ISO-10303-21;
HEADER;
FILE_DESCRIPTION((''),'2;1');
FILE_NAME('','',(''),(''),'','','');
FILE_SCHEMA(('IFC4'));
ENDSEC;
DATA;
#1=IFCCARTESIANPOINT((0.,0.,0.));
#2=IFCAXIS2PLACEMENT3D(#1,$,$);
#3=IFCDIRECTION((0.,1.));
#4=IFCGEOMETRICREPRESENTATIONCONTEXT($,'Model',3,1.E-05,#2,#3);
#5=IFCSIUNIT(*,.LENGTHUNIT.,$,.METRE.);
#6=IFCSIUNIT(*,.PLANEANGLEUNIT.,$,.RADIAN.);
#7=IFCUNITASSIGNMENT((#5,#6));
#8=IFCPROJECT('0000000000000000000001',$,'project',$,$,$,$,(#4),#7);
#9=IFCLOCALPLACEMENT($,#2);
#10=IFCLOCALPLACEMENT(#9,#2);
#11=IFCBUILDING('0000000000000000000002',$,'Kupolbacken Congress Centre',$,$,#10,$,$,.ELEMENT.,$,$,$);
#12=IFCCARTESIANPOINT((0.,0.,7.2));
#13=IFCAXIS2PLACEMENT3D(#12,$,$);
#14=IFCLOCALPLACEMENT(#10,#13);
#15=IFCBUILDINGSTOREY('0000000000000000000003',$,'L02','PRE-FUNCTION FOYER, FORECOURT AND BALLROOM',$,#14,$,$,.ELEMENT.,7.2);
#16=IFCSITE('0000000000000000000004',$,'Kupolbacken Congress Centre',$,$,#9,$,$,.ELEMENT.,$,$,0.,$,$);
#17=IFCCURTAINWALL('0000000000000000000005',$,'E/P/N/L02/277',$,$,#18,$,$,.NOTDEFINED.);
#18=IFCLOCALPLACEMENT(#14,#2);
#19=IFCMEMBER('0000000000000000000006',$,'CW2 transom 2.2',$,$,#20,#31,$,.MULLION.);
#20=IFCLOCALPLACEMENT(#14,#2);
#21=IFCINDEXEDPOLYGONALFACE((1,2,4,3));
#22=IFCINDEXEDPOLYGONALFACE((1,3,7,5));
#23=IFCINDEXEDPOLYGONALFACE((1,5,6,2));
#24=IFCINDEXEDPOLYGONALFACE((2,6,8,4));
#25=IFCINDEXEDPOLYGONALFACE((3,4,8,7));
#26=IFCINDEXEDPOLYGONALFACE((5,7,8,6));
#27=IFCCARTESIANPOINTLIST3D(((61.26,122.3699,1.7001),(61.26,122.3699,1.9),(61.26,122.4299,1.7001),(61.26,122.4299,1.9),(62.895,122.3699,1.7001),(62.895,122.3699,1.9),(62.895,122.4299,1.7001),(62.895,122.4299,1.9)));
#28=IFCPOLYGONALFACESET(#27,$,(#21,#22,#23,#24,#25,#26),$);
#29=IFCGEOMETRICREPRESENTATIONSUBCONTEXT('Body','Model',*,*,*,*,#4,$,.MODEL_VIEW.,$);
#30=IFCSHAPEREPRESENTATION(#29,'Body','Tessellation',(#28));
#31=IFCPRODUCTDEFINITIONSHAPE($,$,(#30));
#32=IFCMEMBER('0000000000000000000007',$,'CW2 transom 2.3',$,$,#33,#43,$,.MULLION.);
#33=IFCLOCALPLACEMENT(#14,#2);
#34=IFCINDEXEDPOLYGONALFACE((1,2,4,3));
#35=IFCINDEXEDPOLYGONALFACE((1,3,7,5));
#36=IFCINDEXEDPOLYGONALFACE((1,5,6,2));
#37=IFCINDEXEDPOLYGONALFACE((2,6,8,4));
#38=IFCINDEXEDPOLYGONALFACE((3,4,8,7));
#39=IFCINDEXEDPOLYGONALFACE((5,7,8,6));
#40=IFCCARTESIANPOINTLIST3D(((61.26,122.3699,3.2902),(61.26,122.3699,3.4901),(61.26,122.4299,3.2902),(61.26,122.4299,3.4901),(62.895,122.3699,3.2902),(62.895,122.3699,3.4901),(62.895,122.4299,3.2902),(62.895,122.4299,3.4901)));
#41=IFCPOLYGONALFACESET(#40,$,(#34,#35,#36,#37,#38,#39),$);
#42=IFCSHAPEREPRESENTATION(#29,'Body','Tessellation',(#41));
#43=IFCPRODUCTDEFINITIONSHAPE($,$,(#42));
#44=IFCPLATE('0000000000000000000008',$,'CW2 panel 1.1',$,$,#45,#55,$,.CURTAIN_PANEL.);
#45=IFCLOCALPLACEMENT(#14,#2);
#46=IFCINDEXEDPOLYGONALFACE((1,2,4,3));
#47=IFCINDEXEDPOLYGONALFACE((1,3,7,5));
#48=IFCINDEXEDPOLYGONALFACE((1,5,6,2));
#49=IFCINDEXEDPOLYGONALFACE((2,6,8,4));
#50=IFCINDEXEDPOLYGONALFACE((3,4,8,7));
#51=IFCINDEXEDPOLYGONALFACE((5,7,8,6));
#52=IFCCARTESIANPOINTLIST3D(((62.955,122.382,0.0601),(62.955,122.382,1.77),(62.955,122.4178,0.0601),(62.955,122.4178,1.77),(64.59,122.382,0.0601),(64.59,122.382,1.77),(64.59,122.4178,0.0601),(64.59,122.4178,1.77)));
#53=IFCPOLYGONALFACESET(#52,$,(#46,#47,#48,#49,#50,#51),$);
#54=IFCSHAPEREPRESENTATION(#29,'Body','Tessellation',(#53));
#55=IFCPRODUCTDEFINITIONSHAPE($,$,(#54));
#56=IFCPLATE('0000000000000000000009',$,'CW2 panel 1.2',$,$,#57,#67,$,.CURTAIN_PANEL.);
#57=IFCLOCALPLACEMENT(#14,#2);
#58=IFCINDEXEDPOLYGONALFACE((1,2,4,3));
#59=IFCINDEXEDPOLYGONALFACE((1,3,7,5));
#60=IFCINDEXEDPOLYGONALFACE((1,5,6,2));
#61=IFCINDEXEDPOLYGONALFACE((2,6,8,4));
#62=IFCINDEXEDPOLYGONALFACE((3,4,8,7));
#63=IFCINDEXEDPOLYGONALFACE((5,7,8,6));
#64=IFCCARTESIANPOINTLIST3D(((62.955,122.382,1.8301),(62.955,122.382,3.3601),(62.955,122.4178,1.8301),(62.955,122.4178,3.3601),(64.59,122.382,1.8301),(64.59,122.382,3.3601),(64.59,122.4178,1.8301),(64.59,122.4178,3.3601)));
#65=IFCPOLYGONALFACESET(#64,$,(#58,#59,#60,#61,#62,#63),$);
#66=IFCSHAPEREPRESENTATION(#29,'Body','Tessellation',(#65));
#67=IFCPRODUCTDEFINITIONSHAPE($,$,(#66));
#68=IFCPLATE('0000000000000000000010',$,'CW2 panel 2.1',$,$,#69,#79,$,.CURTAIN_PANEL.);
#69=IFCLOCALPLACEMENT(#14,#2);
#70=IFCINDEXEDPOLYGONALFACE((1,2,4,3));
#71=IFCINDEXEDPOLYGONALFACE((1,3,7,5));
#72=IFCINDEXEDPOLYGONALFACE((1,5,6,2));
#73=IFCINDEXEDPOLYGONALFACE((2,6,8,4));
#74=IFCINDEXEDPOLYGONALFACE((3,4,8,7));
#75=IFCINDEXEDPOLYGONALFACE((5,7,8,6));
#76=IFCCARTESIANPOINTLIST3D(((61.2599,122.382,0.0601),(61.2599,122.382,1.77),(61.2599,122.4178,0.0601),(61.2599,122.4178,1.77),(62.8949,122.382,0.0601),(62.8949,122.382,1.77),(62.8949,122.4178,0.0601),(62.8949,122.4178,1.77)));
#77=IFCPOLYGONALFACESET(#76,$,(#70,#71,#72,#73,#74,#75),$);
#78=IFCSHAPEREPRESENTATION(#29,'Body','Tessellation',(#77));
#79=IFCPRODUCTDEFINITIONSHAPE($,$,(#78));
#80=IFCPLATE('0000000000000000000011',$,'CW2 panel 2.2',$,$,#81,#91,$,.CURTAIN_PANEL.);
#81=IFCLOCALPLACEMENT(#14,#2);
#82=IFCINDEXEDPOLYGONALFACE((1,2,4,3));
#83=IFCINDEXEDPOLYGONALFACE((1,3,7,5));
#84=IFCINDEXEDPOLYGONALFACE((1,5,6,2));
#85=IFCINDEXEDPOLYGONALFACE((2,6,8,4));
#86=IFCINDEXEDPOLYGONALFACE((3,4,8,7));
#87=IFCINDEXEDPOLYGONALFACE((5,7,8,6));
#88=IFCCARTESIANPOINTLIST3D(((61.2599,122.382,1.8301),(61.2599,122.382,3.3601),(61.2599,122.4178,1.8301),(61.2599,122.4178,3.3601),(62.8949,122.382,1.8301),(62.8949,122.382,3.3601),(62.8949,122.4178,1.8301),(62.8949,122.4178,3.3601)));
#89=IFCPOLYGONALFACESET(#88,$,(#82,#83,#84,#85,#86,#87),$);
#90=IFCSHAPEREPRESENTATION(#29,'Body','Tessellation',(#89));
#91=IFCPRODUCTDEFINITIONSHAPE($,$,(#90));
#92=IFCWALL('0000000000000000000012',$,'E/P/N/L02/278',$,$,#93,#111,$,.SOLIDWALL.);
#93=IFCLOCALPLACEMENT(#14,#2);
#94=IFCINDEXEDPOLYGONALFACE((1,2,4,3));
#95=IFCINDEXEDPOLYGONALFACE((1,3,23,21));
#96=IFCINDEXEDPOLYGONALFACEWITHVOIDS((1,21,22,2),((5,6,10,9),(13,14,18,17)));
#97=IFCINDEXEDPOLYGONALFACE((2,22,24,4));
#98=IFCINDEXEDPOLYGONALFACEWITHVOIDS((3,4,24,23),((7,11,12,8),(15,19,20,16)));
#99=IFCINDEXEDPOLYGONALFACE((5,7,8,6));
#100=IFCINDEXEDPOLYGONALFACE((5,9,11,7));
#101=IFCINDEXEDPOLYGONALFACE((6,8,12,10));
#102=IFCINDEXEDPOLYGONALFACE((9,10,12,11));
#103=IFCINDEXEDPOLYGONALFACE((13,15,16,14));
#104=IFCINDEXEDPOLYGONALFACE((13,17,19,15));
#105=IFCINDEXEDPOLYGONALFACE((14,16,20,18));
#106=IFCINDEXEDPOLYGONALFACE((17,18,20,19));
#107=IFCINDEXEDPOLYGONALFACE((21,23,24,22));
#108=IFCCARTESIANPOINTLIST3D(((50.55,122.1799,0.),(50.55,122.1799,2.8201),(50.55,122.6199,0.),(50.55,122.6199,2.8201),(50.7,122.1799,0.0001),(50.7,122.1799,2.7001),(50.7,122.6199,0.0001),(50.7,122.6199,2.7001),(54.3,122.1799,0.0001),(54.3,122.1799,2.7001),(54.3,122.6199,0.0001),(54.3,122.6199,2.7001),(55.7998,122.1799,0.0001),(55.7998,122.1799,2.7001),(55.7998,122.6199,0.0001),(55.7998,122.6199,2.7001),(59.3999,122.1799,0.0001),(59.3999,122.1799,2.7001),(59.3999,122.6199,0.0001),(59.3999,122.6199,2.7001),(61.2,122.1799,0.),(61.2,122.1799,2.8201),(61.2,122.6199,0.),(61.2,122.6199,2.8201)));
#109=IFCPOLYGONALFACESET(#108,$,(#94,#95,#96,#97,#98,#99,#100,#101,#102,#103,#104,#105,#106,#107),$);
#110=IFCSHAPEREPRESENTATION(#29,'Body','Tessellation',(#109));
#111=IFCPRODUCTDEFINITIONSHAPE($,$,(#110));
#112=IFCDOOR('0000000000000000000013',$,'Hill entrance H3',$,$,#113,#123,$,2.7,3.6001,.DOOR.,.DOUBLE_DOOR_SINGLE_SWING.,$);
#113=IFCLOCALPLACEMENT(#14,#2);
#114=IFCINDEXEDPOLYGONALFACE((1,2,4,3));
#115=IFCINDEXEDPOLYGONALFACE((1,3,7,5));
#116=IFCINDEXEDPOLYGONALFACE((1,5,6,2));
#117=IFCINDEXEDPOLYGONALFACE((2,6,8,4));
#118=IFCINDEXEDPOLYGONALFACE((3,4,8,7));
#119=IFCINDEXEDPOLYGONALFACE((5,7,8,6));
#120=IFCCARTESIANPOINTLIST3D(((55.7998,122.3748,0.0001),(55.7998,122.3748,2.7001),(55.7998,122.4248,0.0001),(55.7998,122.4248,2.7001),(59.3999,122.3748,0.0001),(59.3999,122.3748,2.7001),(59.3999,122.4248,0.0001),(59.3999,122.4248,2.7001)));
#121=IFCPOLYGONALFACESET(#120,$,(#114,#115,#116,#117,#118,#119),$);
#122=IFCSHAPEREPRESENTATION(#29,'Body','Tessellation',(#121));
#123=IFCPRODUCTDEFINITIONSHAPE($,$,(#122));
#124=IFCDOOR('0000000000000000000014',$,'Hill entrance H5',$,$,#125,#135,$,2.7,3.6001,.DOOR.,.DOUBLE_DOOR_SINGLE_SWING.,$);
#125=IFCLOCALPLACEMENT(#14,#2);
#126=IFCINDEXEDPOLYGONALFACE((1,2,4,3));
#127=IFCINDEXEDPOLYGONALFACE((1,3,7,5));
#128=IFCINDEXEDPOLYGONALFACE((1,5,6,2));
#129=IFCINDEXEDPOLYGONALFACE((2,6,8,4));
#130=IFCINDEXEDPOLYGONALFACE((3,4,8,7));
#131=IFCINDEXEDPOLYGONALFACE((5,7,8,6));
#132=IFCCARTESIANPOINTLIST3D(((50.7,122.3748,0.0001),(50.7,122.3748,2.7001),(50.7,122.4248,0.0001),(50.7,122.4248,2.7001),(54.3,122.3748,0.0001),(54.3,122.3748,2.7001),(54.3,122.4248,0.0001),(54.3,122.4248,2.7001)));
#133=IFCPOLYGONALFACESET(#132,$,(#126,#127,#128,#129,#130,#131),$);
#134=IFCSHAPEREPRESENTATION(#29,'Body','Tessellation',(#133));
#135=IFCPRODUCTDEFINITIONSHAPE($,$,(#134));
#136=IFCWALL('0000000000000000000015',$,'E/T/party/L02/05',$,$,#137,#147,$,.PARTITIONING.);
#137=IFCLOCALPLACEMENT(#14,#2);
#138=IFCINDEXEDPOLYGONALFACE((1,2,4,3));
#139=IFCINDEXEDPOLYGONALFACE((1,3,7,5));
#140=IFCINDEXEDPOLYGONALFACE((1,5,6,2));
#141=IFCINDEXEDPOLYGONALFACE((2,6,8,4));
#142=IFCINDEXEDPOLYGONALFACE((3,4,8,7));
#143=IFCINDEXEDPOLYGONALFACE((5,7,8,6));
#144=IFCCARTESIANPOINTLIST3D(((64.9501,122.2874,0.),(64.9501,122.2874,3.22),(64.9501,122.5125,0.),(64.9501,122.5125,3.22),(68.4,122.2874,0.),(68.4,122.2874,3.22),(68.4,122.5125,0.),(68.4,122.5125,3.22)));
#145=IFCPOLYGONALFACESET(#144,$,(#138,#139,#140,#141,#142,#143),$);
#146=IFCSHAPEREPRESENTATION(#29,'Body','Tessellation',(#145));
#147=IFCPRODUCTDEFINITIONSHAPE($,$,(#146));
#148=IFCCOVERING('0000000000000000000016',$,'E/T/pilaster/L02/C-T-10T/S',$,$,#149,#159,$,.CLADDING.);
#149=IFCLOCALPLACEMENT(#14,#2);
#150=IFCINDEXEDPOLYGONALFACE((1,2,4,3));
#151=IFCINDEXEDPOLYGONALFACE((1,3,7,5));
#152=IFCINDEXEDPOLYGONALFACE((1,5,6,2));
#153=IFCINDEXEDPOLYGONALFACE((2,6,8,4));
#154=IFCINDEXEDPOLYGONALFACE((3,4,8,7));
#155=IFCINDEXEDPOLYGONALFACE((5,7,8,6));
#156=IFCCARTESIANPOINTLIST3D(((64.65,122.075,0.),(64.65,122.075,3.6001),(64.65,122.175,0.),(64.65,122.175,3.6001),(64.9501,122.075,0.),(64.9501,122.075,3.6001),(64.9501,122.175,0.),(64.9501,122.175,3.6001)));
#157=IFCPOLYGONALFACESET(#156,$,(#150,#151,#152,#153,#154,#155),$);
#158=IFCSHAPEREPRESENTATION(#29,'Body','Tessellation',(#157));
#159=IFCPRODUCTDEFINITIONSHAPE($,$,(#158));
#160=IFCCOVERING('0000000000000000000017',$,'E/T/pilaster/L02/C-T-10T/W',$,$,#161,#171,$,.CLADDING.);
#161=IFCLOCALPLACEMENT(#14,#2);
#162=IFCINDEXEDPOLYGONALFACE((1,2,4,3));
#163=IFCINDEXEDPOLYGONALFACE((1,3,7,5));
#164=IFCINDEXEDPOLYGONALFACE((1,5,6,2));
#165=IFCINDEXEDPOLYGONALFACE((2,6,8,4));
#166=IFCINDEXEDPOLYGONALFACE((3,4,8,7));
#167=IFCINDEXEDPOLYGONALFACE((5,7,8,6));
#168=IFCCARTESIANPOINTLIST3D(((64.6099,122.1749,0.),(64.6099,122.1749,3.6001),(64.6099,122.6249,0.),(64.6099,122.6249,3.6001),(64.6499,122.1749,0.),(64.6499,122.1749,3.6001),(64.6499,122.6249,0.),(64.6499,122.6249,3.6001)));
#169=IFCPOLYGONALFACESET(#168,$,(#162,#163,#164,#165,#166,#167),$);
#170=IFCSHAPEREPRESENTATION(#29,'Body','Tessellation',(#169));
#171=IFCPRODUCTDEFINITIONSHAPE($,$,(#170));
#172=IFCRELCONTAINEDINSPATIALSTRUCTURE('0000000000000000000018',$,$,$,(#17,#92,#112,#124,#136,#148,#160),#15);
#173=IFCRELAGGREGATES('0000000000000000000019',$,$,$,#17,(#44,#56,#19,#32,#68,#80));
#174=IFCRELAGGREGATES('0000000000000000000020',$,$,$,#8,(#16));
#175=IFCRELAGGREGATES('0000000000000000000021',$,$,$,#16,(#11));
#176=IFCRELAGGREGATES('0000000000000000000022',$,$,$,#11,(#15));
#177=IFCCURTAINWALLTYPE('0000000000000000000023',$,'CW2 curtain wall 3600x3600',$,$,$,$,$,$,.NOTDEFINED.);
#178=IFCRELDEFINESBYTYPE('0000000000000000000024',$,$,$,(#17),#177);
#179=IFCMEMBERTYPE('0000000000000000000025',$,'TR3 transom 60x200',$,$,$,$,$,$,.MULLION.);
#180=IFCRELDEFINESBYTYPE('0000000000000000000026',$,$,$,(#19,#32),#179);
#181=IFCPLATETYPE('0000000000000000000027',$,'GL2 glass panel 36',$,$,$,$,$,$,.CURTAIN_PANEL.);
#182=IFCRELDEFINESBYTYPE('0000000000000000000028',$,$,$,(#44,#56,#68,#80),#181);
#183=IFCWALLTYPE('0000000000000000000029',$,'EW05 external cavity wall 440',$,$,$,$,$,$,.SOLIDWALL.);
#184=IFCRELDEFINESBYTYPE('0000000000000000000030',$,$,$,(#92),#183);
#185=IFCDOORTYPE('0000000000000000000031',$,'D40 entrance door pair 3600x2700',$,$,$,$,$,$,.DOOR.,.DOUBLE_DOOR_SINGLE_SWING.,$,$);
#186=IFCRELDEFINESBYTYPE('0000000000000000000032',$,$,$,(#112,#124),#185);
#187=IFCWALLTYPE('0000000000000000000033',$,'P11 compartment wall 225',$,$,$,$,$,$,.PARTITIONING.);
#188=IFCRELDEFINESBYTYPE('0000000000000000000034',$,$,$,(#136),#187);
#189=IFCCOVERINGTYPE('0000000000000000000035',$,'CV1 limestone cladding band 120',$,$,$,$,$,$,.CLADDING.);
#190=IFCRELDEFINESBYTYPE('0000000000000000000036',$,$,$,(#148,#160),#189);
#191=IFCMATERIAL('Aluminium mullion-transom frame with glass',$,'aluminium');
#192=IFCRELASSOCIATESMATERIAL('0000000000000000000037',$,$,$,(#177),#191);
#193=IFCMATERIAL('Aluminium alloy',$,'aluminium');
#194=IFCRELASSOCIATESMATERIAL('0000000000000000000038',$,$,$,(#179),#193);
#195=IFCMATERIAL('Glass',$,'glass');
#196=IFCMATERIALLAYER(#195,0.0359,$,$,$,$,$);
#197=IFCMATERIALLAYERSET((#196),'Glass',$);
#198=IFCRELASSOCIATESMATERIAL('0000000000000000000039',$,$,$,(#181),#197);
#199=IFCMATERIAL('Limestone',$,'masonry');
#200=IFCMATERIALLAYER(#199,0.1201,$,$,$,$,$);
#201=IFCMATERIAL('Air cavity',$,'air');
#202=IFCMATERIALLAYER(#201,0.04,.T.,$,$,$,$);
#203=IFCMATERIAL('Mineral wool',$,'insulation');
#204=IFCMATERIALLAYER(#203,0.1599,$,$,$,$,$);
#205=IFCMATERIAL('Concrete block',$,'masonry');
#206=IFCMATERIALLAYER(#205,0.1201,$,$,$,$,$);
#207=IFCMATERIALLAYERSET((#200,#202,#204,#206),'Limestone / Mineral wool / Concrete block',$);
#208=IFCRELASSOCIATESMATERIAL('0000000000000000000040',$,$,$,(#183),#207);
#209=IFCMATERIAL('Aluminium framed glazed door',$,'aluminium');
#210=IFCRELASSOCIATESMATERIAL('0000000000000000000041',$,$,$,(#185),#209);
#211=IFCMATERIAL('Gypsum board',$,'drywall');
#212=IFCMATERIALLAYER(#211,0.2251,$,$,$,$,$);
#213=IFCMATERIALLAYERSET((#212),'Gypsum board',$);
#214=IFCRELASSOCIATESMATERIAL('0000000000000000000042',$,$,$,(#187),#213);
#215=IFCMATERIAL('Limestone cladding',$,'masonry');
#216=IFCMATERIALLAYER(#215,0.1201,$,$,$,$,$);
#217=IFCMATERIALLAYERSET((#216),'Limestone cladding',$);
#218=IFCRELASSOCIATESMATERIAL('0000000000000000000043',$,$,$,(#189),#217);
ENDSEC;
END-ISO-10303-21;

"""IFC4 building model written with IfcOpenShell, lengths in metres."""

from ifc_helpers import new_model, si_unit, direction, frame, frame_2d, origin, origin_2d, place, context, subcontext, project, spatial, rectangle, extrude, material, layer, layer_set, material_profile, profile_set, type_object, element, fill, aggregate, save


model = new_model("IFC4")

# Units and contexts
model_context = context("Model", 3, precision=1e-05, world=origin(), true_north=direction((0.0, 1.0)))
body_context = subcontext(model_context, "Body", "Model", "MODEL_VIEW")
ifc_project = project(units=[si_unit("LENGTHUNIT", "METRE"), si_unit("PLANEANGLEUNIT", "RADIAN")], contexts=[model_context])

# Site, building, storey
site_placement = place(None, origin())
site = spatial("IfcSite", under=ifc_project, at=site_placement, Name="Kupolbacken Congress Centre", CompositionType="ELEMENT", RefElevation=0.0)
building_placement = place(site_placement, origin())
building = spatial("IfcBuilding", under=site, at=building_placement, Name="Kupolbacken Congress Centre", CompositionType="ELEMENT")
storey_placement = place(building_placement, frame((0.0, 0.0, 7.2)))
storey = spatial("IfcBuildingStorey", under=building, at=storey_placement, Name="L02", Description="PRE-FUNCTION FOYER, FORECOURT AND BALLROOM", CompositionType="ELEMENT", Elevation=7.2)

# Curtain wall, members, plates
ifc_material_1 = material(Name="Aluminium mullion-transom frame with glass", Category="aluminium")
curtain_wall_type = type_object("IfcCurtainWallType", Name="CW2 curtain wall 3600x3600", PredefinedType="NOTDEFINED", material=ifc_material_1)
curtain_wall_placement = place(storey_placement, origin())
curtain_wall = element("IfcCurtainWall", 1, at=curtain_wall_placement, inside=storey, type_object=curtain_wall_type, Name="E/P/N/L02/277", PredefinedType="NOTDEFINED")
ifc_material_2 = material(Name="Aluminium alloy", Category="aluminium")
ifc_material_profile_1 = material_profile(ifc_material_2, rectangle(XDim=0.0601, YDim=0.2, at=origin_2d()), Name="60 x 200")
ifc_profile_set_1 = profile_set([ifc_material_profile_1], Name="Aluminium alloy")
member_type_1 = type_object("IfcMemberType", Name="TR3 transom 60x200", PredefinedType="MULLION", material=ifc_profile_set_1)
member_1_placement = place(storey_placement, frame((62.895, 122.3999, 1.8), z_axis=(-1.0, 0.0, 0.0), x_axis=(0.0, -1.0, 0.0)))
member_1 = element("IfcMember", 2, at=member_1_placement, type_object=member_type_1, Name="CW2 transom 2.2", PredefinedType="MULLION", context=body_context, shape_type="SweptSolid", body=[
    extrude(rectangle(XDim=0.0601, YDim=0.2, at=origin_2d()), origin(), (0.0, 0.0, 1.0), 1.635),
])
member_2_placement = place(storey_placement, frame((62.895, 122.3999, 3.3901), z_axis=(-1.0, 0.0, 0.0), x_axis=(0.0, -1.0, 0.0)))
member_2 = element("IfcMember", 3, at=member_2_placement, type_object=member_type_1, Name="CW2 transom 2.3", PredefinedType="MULLION", context=body_context, shape_type="SweptSolid", body=[
    extrude(rectangle(XDim=0.0601, YDim=0.2, at=origin_2d()), origin(), (0.0, 0.0, 1.0), 1.635),
])
ifc_material_3 = material(Name="Glass", Category="glass")
ifc_layer_1 = layer(ifc_material_3, 0.0359)
ifc_layer_set_1 = layer_set([ifc_layer_1], Name="Glass")
plate_type = type_object("IfcPlateType", Name="GL2 glass panel 36", PredefinedType="CURTAIN_PANEL", material=ifc_layer_set_1)
plate_1_placement = place(storey_placement, frame((63.7725, 122.3999, 0.0601), z_axis=(0.0, 0.0, 1.0), x_axis=(-1.0, 0.0, 0.0)))
plate_1 = element("IfcPlate", 4, at=plate_1_placement, type_object=plate_type, Name="CW2 panel 1.1", PredefinedType="CURTAIN_PANEL", context=body_context, shape_type="SweptSolid", body=[
    extrude(rectangle(XDim=1.635, YDim=0.0359, at=origin_2d()), origin(), (0.0, 0.0, 1.0), 1.71),
])
plate_2_placement = place(storey_placement, frame((63.7725, 122.3999, 1.8301), z_axis=(0.0, 0.0, 1.0), x_axis=(-1.0, 0.0, 0.0)))
plate_2 = element("IfcPlate", 5, at=plate_2_placement, type_object=plate_type, Name="CW2 panel 1.2", PredefinedType="CURTAIN_PANEL", context=body_context, shape_type="SweptSolid", body=[
    extrude(rectangle(XDim=1.635, YDim=0.0359, at=origin_2d()), origin(), (0.0, 0.0, 1.0), 1.53),
])
plate_3_placement = place(storey_placement, frame((62.0774, 122.3999, 0.0601), z_axis=(0.0, 0.0, 1.0), x_axis=(-1.0, 0.0, 0.0)))
plate_3 = element("IfcPlate", 6, at=plate_3_placement, type_object=plate_type, Name="CW2 panel 2.1", PredefinedType="CURTAIN_PANEL", context=body_context, shape_type="SweptSolid", body=[
    extrude(rectangle(XDim=1.635, YDim=0.0359, at=origin_2d()), origin(), (0.0, 0.0, 1.0), 1.71),
])
plate_4_placement = place(storey_placement, frame((62.0774, 122.3999, 1.8301), z_axis=(0.0, 0.0, 1.0), x_axis=(-1.0, 0.0, 0.0)))
plate_4 = element("IfcPlate", 7, at=plate_4_placement, type_object=plate_type, Name="CW2 panel 2.2", PredefinedType="CURTAIN_PANEL", context=body_context, shape_type="SweptSolid", body=[
    extrude(rectangle(XDim=1.635, YDim=0.0359, at=origin_2d()), origin(), (0.0, 0.0, 1.0), 1.53),
])
aggregate(curtain_wall, [plate_1, plate_2, member_1, member_2, plate_3, plate_4])

# Wall, openings, doors
ifc_material_4 = material(Name="Limestone", Category="masonry")
ifc_layer_2 = layer(ifc_material_4, 0.1201)
ifc_material_5 = material(Name="Air cavity", Category="air")
ifc_layer_3 = layer(ifc_material_5, 0.04, ventilated=True)
ifc_material_6 = material(Name="Mineral wool", Category="insulation")
ifc_layer_4 = layer(ifc_material_6, 0.1599)
ifc_material_7 = material(Name="Concrete block", Category="masonry")
ifc_layer_5 = layer(ifc_material_7, 0.1201)
ifc_layer_set_2 = layer_set([ifc_layer_2, ifc_layer_3, ifc_layer_4, ifc_layer_5], Name="Limestone / Mineral wool / Concrete block")
wall_type_1 = type_object("IfcWallType", Name="EW05 external cavity wall 440", PredefinedType="SOLIDWALL", material=ifc_layer_set_2)
wall_1_placement = place(storey_placement, frame((61.2, 122.3999, 0.0), z_axis=(0.0, 0.0, 1.0), x_axis=(-1.0, 0.0, 0.0)))
wall_1 = element("IfcWall", 8, at=wall_1_placement, inside=storey, type_object=wall_type_1, Name="E/P/N/L02/278", PredefinedType="SOLIDWALL", context=body_context, shape_type="SweptSolid", body=[
    extrude(rectangle(XDim=10.6499, YDim=0.4399, at=frame_2d((5.325, 0.0))), origin(), (0.0, 0.0, 1.0), 2.8201),
])
opening_1_placement = place(wall_1_placement, frame((1.8, 0.0, 0.0)))
opening_1 = element("IfcOpeningElement", 9, at=opening_1_placement, cuts=wall_1, PredefinedType="OPENING", context=body_context, shape_type="SweptSolid", body=[
    extrude(rectangle(XDim=3.6001, YDim=2.7, at=frame_2d((1.8, 1.3501))), frame((0.0, 0.23, 0.0), z_axis=(0.0, -1.0, 0.0), x_axis=(1.0, 0.0, 0.0)), (0.0, 0.0, 1.0), 0.46),
])
opening_2_placement = place(wall_1_placement, frame((6.8999, 0.0, 0.0)))
opening_2 = element("IfcOpeningElement", 10, at=opening_2_placement, cuts=wall_1, PredefinedType="OPENING", context=body_context, shape_type="SweptSolid", body=[
    extrude(rectangle(XDim=3.6001, YDim=2.7, at=frame_2d((1.8, 1.3501))), frame((0.0, 0.23, 0.0), z_axis=(0.0, -1.0, 0.0), x_axis=(1.0, 0.0, 0.0)), (0.0, 0.0, 1.0), 0.46),
])
ifc_material_8 = material(Name="Aluminium framed glazed door", Category="aluminium")
door_type = type_object("IfcDoorType", Name="D40 entrance door pair 3600x2700", OperationType="DOUBLE_DOOR_SINGLE_SWING", PredefinedType="DOOR", material=ifc_material_8)
door_1_placement = place(opening_1_placement, frame((3.6001, 0.0, 0.0), z_axis=(0.0, 0.0, 1.0), x_axis=(-1.0, 0.0, 0.0)))
door_1 = element("IfcDoor", 11, at=door_1_placement, inside=storey, type_object=door_type, Name="Hill entrance H3", OperationType="DOUBLE_DOOR_SINGLE_SWING", OverallHeight=2.7, OverallWidth=3.6001, PredefinedType="DOOR", context=body_context, shape_type="SweptSolid", body=[
    extrude(rectangle(XDim=3.6001, YDim=2.7, at=frame_2d((1.8, 1.3501))), frame((0.0, 0.0249, 0.0), z_axis=(0.0, -1.0, 0.0), x_axis=(1.0, 0.0, 0.0)), (0.0, 0.0, 1.0), 0.05),
])
fill(opening_1, door_1)
door_2_placement = place(opening_2_placement, frame((3.6001, 0.0, 0.0), z_axis=(0.0, 0.0, 1.0), x_axis=(-1.0, 0.0, 0.0)))
door_2 = element("IfcDoor", 12, at=door_2_placement, inside=storey, type_object=door_type, Name="Hill entrance H5", OperationType="DOUBLE_DOOR_SINGLE_SWING", OverallHeight=2.7, OverallWidth=3.6001, PredefinedType="DOOR", context=body_context, shape_type="SweptSolid", body=[
    extrude(rectangle(XDim=3.6001, YDim=2.7, at=frame_2d((1.8, 1.3501))), frame((0.0, 0.0249, 0.0), z_axis=(0.0, -1.0, 0.0), x_axis=(1.0, 0.0, 0.0)), (0.0, 0.0, 1.0), 0.05),
])
fill(opening_2, door_2)

# Wall
ifc_material_9 = material(Name="Gypsum board", Category="drywall")
ifc_layer_6 = layer(ifc_material_9, 0.2251)
ifc_layer_set_3 = layer_set([ifc_layer_6], Name="Gypsum board")
wall_type_2 = type_object("IfcWallType", Name="P11 compartment wall 225", PredefinedType="PARTITIONING", material=ifc_layer_set_3)
wall_2_placement = place(storey_placement, frame((64.95, 122.3999, 0.0), z_axis=(0.0, 0.0, 1.0), x_axis=(1.0, 0.0, 0.0)))
element("IfcWall", 13, at=wall_2_placement, inside=storey, type_object=wall_type_2, Name="E/T/party/L02/05", PredefinedType="PARTITIONING", context=body_context, shape_type="SweptSolid", body=[
    extrude(rectangle(XDim=3.45, YDim=0.2251, at=frame_2d((1.7251, 0.0))), origin(), (0.0, 0.0, 1.0), 3.22),
])

# Coverings
ifc_material_10 = material(Name="Limestone cladding", Category="masonry")
ifc_layer_7 = layer(ifc_material_10, 0.1201)
ifc_layer_set_4 = layer_set([ifc_layer_7], Name="Limestone cladding")
covering_type = type_object("IfcCoveringType", Name="CV1 limestone cladding band 120", PredefinedType="CLADDING", material=ifc_layer_set_4)
covering_1_placement = place(storey_placement, frame((64.8, 122.125, 0.0), z_axis=(0.0, 0.0, 1.0), x_axis=(1.0, 0.0, 0.0)))
element("IfcCovering", 14, at=covering_1_placement, inside=storey, type_object=covering_type, Name="E/T/pilaster/L02/C-T-10T/S", PredefinedType="CLADDING", context=body_context, shape_type="SweptSolid", body=[
    extrude(rectangle(XDim=0.3, YDim=0.1001, at=origin_2d()), origin(), (0.0, 0.0, 1.0), 3.6001),
])
covering_2_placement = place(storey_placement, frame((64.6299, 122.3999, 0.0), z_axis=(0.0, 0.0, 1.0), x_axis=(1.0, 0.0, 0.0)))
element("IfcCovering", 15, at=covering_2_placement, inside=storey, type_object=covering_type, Name="E/T/pilaster/L02/C-T-10T/W", PredefinedType="CLADDING", context=body_context, shape_type="SweptSolid", body=[
    extrude(rectangle(XDim=0.04, YDim=0.45, at=origin_2d()), origin(), (0.0, 0.0, 1.0), 3.6001),
])

save(model, "model.ifc")
